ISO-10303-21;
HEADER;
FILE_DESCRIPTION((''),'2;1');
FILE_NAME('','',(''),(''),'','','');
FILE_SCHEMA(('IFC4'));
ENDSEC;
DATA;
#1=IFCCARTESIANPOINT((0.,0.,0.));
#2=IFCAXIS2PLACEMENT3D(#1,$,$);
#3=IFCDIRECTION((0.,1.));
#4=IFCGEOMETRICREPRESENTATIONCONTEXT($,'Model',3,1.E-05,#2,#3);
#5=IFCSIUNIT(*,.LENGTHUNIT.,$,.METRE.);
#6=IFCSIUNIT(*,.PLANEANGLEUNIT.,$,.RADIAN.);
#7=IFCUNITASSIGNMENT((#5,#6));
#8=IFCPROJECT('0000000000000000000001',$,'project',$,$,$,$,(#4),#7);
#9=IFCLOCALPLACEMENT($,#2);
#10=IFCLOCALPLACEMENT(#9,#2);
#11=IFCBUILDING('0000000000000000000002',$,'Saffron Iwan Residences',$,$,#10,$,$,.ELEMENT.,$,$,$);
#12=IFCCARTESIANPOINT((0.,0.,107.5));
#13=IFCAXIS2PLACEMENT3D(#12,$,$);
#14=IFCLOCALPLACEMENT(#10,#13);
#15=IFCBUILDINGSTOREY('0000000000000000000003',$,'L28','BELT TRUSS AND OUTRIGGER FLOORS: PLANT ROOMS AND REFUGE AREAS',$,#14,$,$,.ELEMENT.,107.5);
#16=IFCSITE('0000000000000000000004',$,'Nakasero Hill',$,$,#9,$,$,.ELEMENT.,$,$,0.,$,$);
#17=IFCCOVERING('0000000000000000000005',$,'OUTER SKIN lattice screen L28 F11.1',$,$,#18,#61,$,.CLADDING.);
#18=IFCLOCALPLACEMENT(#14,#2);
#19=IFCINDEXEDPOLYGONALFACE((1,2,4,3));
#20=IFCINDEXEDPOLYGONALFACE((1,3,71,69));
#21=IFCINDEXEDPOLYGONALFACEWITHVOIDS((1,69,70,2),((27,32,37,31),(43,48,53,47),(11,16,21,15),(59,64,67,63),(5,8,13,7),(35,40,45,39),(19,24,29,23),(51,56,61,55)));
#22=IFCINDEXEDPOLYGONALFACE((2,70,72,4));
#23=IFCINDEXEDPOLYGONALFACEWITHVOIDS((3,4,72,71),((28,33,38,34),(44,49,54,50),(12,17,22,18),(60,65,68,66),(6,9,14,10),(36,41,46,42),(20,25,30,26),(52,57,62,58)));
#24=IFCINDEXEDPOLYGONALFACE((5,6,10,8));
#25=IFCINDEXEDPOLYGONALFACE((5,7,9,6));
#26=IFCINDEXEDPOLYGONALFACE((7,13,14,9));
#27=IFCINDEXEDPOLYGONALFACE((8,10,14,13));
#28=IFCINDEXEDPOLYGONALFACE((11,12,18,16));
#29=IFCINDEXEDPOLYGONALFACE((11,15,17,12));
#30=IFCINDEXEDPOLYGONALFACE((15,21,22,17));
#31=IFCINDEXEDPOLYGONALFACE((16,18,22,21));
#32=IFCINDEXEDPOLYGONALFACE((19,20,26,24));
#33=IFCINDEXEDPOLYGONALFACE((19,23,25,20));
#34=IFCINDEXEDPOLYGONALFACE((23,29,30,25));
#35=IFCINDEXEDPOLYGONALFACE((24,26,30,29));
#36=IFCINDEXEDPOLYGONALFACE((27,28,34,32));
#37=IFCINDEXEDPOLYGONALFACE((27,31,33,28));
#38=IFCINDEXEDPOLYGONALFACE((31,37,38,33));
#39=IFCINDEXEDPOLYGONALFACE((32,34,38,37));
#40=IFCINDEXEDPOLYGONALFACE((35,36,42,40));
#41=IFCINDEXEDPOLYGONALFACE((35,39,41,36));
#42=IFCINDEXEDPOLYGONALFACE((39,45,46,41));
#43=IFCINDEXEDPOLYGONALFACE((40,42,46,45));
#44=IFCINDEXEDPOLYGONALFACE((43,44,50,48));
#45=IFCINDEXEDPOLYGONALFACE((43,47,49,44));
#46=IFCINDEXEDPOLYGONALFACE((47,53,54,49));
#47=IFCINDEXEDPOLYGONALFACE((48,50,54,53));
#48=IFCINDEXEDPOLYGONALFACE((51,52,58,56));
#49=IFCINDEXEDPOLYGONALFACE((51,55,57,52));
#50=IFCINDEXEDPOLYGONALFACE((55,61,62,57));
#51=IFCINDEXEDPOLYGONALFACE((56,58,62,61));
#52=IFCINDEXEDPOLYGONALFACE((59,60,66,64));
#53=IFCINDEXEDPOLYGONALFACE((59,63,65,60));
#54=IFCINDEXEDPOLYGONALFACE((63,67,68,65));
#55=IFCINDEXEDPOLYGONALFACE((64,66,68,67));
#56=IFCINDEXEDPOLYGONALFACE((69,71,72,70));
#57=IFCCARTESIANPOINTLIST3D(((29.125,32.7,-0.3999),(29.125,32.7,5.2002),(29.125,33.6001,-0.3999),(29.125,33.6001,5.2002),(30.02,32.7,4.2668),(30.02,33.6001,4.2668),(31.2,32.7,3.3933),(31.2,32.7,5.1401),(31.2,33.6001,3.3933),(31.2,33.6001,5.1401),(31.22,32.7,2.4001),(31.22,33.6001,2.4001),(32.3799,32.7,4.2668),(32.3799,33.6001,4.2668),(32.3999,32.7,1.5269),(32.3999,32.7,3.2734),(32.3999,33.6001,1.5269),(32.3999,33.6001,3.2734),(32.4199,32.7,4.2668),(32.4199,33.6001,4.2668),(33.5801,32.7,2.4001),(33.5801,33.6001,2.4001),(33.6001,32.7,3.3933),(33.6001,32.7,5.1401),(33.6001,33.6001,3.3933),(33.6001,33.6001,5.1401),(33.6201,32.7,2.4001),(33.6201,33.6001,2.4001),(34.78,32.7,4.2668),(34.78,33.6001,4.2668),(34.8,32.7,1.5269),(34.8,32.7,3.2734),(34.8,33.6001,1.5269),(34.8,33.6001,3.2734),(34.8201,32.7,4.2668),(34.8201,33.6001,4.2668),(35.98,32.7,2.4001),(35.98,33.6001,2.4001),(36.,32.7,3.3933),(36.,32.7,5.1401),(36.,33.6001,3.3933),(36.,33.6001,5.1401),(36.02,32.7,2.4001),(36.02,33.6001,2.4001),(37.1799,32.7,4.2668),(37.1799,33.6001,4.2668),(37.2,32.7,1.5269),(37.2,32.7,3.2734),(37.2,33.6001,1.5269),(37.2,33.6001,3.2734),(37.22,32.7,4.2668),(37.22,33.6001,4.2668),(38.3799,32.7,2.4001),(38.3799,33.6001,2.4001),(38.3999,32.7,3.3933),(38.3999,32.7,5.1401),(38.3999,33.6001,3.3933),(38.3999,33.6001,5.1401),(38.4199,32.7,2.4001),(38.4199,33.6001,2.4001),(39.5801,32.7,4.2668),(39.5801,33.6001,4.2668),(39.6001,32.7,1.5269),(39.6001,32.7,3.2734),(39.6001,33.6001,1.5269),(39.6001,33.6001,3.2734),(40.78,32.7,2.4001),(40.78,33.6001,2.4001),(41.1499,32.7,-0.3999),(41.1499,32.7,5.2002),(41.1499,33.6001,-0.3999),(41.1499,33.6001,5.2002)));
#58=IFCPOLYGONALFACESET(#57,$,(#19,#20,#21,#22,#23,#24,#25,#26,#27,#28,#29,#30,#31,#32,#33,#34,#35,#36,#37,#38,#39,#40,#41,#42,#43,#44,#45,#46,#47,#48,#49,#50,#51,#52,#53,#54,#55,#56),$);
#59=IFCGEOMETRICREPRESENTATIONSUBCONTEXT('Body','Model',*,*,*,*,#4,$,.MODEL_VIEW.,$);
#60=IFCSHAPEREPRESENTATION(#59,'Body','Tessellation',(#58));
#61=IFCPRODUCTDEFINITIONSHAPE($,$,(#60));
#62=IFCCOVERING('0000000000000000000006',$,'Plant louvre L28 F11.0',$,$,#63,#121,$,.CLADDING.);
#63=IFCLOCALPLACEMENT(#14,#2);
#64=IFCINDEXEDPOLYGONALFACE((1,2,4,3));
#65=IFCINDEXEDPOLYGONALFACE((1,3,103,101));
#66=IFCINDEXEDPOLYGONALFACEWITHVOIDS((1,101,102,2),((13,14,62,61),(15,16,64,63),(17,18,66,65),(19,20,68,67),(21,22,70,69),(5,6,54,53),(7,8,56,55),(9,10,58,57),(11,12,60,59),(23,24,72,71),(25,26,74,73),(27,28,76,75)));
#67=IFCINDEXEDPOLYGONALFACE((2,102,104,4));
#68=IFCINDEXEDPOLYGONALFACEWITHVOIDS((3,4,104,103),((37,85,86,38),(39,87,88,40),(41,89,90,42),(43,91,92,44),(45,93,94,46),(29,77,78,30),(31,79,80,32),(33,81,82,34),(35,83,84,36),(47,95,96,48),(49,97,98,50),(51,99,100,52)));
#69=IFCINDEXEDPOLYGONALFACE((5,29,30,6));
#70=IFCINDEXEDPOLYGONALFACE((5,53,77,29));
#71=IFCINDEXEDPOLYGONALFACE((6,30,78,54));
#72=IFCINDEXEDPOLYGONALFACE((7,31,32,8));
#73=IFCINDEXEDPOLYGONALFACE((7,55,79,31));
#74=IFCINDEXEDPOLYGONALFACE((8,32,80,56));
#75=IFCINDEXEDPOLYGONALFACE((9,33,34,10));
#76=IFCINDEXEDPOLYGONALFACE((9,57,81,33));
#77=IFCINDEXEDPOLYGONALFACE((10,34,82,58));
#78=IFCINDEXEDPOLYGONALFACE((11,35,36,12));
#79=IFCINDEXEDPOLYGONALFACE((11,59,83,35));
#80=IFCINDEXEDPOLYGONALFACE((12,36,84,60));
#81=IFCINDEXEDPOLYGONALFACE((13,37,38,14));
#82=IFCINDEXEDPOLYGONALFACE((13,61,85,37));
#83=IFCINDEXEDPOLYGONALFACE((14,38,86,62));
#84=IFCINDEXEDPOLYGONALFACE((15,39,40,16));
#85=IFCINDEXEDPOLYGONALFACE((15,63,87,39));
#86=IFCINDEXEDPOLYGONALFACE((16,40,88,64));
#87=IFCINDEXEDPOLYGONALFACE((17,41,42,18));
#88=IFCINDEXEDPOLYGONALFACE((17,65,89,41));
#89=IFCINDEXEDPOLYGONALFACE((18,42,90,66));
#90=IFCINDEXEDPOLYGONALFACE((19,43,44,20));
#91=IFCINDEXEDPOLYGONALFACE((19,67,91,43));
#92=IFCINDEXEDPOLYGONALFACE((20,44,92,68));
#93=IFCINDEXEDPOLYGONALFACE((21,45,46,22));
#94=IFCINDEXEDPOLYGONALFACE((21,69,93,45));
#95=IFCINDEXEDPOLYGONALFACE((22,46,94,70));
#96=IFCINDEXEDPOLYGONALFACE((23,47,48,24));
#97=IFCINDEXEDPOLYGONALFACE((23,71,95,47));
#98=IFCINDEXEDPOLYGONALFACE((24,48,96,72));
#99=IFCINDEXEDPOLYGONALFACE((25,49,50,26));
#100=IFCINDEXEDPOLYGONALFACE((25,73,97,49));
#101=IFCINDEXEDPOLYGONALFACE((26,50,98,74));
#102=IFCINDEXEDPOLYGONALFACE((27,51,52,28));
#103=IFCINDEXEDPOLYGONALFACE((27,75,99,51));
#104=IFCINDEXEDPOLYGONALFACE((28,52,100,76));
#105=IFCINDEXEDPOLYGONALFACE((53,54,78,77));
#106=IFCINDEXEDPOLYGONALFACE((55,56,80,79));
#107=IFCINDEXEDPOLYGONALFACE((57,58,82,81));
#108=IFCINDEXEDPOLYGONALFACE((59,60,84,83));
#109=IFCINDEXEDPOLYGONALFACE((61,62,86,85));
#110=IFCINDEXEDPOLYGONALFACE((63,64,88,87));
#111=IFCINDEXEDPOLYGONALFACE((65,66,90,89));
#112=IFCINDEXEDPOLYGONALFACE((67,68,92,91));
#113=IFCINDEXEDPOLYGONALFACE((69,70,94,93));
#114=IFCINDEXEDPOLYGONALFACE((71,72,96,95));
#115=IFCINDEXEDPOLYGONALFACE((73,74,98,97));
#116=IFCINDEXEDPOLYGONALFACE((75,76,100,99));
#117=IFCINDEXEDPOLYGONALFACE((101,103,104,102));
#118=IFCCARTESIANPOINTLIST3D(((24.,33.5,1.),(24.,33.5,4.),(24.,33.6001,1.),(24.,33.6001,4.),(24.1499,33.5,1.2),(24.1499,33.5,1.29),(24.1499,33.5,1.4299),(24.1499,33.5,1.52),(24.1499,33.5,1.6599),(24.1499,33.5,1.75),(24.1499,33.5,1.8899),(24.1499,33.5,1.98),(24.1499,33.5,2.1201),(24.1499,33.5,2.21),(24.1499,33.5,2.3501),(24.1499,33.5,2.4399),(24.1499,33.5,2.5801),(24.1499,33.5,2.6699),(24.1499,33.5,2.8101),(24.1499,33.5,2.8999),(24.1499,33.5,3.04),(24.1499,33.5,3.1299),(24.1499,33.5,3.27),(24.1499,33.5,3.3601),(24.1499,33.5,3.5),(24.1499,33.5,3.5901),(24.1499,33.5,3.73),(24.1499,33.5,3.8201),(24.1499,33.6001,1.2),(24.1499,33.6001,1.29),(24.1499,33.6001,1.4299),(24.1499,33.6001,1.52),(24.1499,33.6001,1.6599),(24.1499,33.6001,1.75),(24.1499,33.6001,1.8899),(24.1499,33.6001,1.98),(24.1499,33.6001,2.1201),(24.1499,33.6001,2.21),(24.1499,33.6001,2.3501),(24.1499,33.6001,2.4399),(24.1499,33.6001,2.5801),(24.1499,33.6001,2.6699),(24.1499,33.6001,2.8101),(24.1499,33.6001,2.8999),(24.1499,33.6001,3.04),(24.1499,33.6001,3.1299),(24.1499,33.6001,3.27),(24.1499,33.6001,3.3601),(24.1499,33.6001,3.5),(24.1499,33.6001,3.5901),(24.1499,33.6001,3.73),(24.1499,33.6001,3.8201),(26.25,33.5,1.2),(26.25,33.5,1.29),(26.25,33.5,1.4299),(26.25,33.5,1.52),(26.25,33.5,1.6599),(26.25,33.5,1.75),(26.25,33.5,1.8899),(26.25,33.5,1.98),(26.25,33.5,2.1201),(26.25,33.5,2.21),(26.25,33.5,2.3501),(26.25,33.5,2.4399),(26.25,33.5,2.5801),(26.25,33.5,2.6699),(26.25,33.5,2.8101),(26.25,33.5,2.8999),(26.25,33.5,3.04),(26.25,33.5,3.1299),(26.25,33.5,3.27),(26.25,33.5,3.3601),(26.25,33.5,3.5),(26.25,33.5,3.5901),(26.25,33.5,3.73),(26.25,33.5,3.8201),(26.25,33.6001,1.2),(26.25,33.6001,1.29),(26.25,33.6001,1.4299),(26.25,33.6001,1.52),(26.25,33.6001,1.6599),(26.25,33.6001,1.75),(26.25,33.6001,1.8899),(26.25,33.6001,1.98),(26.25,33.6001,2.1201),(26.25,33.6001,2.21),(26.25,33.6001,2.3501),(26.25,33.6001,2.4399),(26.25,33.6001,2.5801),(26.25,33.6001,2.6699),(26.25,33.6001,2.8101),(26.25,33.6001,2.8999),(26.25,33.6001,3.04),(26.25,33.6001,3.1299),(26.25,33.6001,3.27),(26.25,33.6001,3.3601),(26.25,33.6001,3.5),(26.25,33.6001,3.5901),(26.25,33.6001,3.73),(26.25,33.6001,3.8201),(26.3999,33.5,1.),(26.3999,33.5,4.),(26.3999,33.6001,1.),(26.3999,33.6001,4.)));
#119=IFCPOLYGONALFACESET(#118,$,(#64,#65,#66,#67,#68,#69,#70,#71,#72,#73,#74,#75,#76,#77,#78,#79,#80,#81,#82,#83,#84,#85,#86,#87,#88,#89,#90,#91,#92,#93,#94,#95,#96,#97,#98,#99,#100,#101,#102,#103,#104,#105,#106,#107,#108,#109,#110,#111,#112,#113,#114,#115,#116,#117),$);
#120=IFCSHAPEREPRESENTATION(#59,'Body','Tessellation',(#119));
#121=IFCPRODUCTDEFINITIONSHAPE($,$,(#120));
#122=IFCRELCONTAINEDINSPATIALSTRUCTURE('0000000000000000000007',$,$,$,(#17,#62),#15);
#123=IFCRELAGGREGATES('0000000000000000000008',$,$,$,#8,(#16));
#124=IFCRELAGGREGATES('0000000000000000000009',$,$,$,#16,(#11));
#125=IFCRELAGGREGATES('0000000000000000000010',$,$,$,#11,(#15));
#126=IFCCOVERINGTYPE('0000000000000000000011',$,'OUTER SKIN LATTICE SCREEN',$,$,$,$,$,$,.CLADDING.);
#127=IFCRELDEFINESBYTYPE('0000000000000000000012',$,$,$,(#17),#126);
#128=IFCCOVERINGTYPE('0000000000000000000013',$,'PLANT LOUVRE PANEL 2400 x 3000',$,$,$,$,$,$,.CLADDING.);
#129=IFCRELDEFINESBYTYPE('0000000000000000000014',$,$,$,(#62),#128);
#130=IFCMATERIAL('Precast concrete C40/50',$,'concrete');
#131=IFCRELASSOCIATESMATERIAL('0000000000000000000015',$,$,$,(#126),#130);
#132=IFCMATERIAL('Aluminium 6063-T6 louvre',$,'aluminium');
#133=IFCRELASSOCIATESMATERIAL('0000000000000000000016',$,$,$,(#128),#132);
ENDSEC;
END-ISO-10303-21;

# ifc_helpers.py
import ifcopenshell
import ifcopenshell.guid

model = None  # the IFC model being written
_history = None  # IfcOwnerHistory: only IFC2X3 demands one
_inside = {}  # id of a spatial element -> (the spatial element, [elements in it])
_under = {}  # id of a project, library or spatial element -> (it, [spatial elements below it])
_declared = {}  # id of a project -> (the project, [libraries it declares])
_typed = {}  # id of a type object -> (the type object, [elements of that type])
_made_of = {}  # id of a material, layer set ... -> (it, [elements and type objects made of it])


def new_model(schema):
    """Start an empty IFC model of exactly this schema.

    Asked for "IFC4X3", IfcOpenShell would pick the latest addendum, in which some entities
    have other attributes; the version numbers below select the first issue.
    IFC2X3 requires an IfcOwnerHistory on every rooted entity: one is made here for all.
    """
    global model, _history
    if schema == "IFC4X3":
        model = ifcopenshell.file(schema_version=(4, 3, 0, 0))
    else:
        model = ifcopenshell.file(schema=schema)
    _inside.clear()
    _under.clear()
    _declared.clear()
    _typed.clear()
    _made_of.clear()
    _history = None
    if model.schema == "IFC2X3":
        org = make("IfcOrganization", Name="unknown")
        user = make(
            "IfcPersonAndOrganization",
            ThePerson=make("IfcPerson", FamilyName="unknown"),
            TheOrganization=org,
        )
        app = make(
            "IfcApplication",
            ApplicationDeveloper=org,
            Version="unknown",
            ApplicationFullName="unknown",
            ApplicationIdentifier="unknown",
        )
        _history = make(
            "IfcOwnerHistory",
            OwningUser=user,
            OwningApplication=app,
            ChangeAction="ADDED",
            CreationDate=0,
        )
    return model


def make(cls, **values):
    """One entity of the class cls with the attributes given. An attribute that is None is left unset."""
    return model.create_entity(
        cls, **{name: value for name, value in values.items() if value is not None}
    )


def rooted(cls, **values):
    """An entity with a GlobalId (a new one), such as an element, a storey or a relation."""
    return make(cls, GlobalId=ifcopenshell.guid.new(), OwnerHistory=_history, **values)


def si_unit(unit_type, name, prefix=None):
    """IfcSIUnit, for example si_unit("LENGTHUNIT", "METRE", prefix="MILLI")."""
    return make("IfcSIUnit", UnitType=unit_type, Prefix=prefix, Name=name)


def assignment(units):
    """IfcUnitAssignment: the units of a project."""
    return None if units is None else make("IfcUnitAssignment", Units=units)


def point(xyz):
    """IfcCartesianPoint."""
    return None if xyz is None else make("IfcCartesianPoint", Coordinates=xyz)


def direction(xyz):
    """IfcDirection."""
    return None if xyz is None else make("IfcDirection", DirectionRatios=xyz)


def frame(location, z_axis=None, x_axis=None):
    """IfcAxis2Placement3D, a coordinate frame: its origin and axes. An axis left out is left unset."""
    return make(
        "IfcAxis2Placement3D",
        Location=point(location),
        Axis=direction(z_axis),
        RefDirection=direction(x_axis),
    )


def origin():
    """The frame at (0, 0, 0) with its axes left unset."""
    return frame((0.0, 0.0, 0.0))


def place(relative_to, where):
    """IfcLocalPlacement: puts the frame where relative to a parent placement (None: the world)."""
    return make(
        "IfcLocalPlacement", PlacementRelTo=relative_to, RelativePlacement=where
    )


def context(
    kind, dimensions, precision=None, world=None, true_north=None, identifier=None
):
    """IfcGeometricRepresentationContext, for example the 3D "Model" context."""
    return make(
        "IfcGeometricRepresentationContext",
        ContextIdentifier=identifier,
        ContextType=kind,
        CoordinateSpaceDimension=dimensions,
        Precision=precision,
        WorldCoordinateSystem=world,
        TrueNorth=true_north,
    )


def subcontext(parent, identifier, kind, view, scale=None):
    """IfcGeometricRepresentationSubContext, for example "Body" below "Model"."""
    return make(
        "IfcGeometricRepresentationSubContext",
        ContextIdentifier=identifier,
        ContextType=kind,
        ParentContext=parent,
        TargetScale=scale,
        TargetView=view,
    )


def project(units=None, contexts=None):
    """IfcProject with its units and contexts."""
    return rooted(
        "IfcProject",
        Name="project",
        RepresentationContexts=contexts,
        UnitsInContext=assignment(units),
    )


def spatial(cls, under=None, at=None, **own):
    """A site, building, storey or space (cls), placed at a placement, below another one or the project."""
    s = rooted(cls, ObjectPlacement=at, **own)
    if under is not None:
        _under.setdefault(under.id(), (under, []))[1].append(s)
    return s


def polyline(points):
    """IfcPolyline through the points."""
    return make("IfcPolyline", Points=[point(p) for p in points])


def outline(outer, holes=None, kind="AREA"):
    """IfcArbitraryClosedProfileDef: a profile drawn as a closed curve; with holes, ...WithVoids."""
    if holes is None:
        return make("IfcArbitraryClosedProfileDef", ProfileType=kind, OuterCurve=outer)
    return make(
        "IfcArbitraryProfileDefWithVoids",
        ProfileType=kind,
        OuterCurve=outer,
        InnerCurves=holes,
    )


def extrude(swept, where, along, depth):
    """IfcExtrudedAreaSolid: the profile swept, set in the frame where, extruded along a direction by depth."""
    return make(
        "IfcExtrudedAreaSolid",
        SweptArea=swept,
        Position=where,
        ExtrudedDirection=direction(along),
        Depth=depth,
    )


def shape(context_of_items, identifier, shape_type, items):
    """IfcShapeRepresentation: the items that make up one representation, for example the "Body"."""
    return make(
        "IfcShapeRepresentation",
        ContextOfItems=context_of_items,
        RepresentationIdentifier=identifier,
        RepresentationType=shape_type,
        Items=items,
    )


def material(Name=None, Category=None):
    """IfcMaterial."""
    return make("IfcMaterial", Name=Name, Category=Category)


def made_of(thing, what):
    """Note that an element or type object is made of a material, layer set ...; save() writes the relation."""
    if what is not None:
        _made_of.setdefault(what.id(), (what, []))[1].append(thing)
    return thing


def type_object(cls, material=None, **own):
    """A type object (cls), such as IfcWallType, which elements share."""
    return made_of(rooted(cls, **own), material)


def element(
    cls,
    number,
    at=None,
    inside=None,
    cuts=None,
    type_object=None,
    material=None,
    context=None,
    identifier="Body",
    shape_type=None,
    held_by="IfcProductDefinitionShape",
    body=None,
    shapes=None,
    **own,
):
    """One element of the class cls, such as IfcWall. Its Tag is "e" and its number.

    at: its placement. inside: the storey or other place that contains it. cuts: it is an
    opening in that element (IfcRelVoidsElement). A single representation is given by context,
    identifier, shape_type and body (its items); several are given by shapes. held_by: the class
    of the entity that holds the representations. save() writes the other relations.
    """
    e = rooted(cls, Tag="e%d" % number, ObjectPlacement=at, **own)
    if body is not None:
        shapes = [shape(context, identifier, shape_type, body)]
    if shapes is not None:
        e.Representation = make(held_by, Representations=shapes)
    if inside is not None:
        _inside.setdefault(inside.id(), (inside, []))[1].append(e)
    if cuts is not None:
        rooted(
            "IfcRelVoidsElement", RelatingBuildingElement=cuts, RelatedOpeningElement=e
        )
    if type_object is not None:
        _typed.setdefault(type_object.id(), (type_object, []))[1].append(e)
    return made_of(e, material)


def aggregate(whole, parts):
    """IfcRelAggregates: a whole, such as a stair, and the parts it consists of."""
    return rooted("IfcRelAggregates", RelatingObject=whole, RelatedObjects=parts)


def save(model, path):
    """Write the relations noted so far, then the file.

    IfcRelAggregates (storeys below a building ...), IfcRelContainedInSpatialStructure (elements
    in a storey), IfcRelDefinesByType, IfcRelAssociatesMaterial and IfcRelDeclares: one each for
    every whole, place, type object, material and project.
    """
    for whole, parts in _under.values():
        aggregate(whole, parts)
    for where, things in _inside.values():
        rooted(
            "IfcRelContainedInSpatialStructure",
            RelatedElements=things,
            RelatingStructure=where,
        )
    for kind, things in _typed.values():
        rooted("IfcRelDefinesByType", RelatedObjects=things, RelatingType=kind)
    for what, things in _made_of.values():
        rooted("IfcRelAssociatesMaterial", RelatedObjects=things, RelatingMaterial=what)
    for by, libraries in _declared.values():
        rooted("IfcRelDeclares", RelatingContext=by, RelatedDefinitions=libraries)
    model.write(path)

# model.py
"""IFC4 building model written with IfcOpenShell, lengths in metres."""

from ifc_helpers import new_model, si_unit, direction, frame, origin, place, context, subcontext, project, spatial, polyline, outline, extrude, material, type_object, element, save


model = new_model("IFC4")

# Units and contexts
model_context = context("Model", 3, precision=1e-05, world=origin(), true_north=direction((0.0, 1.0)))
body_context = subcontext(model_context, "Body", "Model", "MODEL_VIEW")
ifc_project = project(units=[si_unit("LENGTHUNIT", "METRE"), si_unit("PLANEANGLEUNIT", "RADIAN")], contexts=[model_context])

# Site, building, storey
site_placement = place(None, origin())
site = spatial("IfcSite", under=ifc_project, at=site_placement, Name="Nakasero Hill", CompositionType="ELEMENT", RefElevation=0.0)
building_placement = place(site_placement, origin())
building = spatial("IfcBuilding", under=site, at=building_placement, Name="Saffron Iwan Residences", CompositionType="ELEMENT")
storey_placement = place(building_placement, frame((0.0, 0.0, 107.5)))
storey = spatial("IfcBuildingStorey", under=building, at=storey_placement, Name="L28", Description="BELT TRUSS AND OUTRIGGER FLOORS: PLANT ROOMS AND REFUGE AREAS", CompositionType="ELEMENT", Elevation=107.5)

# Coverings
ifc_material_1 = material(Name="Precast concrete C40/50", Category="concrete")
covering_type_1 = type_object("IfcCoveringType", Name="OUTER SKIN LATTICE SCREEN", PredefinedType="CLADDING", material=ifc_material_1)
covering_1_placement = place(storey_placement, frame((29.125, 33.6001, -0.3999), z_axis=(0.0, -1.0, 0.0), x_axis=(1.0, 0.0, 0.0)))
element("IfcCovering", 1, at=covering_1_placement, inside=storey, type_object=covering_type_1, Name="OUTER SKIN lattice screen L28 F11.1", PredefinedType="CLADDING", context=body_context, shape_type="SweptSolid", body=[
    extrude(outline(polyline([(0.0, 0.0), (12.0249, 0.0), (12.0249, 5.6001), (0.0, 5.6001), (0.0, 0.0)]), holes=[polyline([(2.095, 2.8), (3.2749, 1.9268), (4.4551, 2.8), (3.2749, 3.6733), (2.095, 2.8)]), polyline([(4.4951, 2.8), (5.675, 1.9268), (6.855, 2.8), (5.675, 3.6733), (4.4951, 2.8)]), polyline([(6.895, 2.8), (8.075, 1.9268), (9.2549, 2.8), (8.075, 3.6733), (6.895, 2.8)]), polyline([(9.2949, 2.8), (10.4751, 1.9268), (11.655, 2.8), (10.4751, 3.6733), (9.2949, 2.8)]), polyline([(0.895, 4.6667), (2.075, 3.7932), (3.2549, 4.6667), (2.075, 5.54), (0.895, 4.6667)]), polyline([(3.2949, 4.6667), (4.4751, 3.7932), (5.655, 4.6667), (4.4751, 5.54), (3.2949, 4.6667)]), polyline([(5.6951, 4.6667), (6.875, 3.7932), (8.0549, 4.6667), (6.875, 5.54), (5.6951, 4.6667)]), polyline([(8.095, 4.6667), (9.2749, 3.7932), (10.4551, 4.6667), (9.2749, 5.54), (8.095, 4.6667)])]), origin(), (0.0, 0.0, 1.0), 0.9001),
])
ifc_material_2 = material(Name="Aluminium 6063-T6 louvre", Category="aluminium")
covering_type_2 = type_object("IfcCoveringType", Name="PLANT LOUVRE PANEL 2400 x 3000", PredefinedType="CLADDING", material=ifc_material_2)
covering_2_placement = place(storey_placement, frame((24.0, 33.6001, 1.0), z_axis=(0.0, -1.0, 0.0), x_axis=(1.0, 0.0, 0.0)))
element("IfcCovering", 2, at=covering_2_placement, inside=storey, type_object=covering_type_2, Name="Plant louvre L28 F11.0", PredefinedType="CLADDING", context=body_context, shape_type="SweptSolid", body=[
    extrude(outline(polyline([(0.0, 0.0), (2.3999, 0.0), (2.3999, 3.0), (0.0, 3.0), (0.0, 0.0)]), holes=[polyline([(0.1499, 0.2), (2.25, 0.2), (2.25, 0.29), (0.1499, 0.29), (0.1499, 0.2)]), polyline([(0.1499, 0.4299), (2.25, 0.4299), (2.25, 0.52), (0.1499, 0.52), (0.1499, 0.4299)]), polyline([(0.1499, 0.6599), (2.25, 0.6599), (2.25, 0.75), (0.1499, 0.75), (0.1499, 0.6599)]), polyline([(0.1499, 0.8899), (2.25, 0.8899), (2.25, 0.98), (0.1499, 0.98), (0.1499, 0.8899)]), polyline([(0.1499, 1.1201), (2.25, 1.1201), (2.25, 1.21), (0.1499, 1.21), (0.1499, 1.1201)]), polyline([(0.1499, 1.3501), (2.25, 1.3501), (2.25, 1.4399), (0.1499, 1.4399), (0.1499, 1.3501)]), polyline([(0.1499, 1.5801), (2.25, 1.5801), (2.25, 1.6699), (0.1499, 1.6699), (0.1499, 1.5801)]), polyline([(0.1499, 1.8101), (2.25, 1.8101), (2.25, 1.8999), (0.1499, 1.8999), (0.1499, 1.8101)]), polyline([(0.1499, 2.04), (2.25, 2.04), (2.25, 2.1299), (0.1499, 2.1299), (0.1499, 2.04)]), polyline([(0.1499, 2.27), (2.25, 2.27), (2.25, 2.3601), (0.1499, 2.3601), (0.1499, 2.27)]), polyline([(0.1499, 2.5), (2.25, 2.5), (2.25, 2.5901), (0.1499, 2.5901), (0.1499, 2.5)]), polyline([(0.1499, 2.73), (2.25, 2.73), (2.25, 2.8201), (0.1499, 2.8201), (0.1499, 2.73)])]), origin(), (0.0, 0.0, 1.0), 0.1001),
])

save(model, "model.ifc")
